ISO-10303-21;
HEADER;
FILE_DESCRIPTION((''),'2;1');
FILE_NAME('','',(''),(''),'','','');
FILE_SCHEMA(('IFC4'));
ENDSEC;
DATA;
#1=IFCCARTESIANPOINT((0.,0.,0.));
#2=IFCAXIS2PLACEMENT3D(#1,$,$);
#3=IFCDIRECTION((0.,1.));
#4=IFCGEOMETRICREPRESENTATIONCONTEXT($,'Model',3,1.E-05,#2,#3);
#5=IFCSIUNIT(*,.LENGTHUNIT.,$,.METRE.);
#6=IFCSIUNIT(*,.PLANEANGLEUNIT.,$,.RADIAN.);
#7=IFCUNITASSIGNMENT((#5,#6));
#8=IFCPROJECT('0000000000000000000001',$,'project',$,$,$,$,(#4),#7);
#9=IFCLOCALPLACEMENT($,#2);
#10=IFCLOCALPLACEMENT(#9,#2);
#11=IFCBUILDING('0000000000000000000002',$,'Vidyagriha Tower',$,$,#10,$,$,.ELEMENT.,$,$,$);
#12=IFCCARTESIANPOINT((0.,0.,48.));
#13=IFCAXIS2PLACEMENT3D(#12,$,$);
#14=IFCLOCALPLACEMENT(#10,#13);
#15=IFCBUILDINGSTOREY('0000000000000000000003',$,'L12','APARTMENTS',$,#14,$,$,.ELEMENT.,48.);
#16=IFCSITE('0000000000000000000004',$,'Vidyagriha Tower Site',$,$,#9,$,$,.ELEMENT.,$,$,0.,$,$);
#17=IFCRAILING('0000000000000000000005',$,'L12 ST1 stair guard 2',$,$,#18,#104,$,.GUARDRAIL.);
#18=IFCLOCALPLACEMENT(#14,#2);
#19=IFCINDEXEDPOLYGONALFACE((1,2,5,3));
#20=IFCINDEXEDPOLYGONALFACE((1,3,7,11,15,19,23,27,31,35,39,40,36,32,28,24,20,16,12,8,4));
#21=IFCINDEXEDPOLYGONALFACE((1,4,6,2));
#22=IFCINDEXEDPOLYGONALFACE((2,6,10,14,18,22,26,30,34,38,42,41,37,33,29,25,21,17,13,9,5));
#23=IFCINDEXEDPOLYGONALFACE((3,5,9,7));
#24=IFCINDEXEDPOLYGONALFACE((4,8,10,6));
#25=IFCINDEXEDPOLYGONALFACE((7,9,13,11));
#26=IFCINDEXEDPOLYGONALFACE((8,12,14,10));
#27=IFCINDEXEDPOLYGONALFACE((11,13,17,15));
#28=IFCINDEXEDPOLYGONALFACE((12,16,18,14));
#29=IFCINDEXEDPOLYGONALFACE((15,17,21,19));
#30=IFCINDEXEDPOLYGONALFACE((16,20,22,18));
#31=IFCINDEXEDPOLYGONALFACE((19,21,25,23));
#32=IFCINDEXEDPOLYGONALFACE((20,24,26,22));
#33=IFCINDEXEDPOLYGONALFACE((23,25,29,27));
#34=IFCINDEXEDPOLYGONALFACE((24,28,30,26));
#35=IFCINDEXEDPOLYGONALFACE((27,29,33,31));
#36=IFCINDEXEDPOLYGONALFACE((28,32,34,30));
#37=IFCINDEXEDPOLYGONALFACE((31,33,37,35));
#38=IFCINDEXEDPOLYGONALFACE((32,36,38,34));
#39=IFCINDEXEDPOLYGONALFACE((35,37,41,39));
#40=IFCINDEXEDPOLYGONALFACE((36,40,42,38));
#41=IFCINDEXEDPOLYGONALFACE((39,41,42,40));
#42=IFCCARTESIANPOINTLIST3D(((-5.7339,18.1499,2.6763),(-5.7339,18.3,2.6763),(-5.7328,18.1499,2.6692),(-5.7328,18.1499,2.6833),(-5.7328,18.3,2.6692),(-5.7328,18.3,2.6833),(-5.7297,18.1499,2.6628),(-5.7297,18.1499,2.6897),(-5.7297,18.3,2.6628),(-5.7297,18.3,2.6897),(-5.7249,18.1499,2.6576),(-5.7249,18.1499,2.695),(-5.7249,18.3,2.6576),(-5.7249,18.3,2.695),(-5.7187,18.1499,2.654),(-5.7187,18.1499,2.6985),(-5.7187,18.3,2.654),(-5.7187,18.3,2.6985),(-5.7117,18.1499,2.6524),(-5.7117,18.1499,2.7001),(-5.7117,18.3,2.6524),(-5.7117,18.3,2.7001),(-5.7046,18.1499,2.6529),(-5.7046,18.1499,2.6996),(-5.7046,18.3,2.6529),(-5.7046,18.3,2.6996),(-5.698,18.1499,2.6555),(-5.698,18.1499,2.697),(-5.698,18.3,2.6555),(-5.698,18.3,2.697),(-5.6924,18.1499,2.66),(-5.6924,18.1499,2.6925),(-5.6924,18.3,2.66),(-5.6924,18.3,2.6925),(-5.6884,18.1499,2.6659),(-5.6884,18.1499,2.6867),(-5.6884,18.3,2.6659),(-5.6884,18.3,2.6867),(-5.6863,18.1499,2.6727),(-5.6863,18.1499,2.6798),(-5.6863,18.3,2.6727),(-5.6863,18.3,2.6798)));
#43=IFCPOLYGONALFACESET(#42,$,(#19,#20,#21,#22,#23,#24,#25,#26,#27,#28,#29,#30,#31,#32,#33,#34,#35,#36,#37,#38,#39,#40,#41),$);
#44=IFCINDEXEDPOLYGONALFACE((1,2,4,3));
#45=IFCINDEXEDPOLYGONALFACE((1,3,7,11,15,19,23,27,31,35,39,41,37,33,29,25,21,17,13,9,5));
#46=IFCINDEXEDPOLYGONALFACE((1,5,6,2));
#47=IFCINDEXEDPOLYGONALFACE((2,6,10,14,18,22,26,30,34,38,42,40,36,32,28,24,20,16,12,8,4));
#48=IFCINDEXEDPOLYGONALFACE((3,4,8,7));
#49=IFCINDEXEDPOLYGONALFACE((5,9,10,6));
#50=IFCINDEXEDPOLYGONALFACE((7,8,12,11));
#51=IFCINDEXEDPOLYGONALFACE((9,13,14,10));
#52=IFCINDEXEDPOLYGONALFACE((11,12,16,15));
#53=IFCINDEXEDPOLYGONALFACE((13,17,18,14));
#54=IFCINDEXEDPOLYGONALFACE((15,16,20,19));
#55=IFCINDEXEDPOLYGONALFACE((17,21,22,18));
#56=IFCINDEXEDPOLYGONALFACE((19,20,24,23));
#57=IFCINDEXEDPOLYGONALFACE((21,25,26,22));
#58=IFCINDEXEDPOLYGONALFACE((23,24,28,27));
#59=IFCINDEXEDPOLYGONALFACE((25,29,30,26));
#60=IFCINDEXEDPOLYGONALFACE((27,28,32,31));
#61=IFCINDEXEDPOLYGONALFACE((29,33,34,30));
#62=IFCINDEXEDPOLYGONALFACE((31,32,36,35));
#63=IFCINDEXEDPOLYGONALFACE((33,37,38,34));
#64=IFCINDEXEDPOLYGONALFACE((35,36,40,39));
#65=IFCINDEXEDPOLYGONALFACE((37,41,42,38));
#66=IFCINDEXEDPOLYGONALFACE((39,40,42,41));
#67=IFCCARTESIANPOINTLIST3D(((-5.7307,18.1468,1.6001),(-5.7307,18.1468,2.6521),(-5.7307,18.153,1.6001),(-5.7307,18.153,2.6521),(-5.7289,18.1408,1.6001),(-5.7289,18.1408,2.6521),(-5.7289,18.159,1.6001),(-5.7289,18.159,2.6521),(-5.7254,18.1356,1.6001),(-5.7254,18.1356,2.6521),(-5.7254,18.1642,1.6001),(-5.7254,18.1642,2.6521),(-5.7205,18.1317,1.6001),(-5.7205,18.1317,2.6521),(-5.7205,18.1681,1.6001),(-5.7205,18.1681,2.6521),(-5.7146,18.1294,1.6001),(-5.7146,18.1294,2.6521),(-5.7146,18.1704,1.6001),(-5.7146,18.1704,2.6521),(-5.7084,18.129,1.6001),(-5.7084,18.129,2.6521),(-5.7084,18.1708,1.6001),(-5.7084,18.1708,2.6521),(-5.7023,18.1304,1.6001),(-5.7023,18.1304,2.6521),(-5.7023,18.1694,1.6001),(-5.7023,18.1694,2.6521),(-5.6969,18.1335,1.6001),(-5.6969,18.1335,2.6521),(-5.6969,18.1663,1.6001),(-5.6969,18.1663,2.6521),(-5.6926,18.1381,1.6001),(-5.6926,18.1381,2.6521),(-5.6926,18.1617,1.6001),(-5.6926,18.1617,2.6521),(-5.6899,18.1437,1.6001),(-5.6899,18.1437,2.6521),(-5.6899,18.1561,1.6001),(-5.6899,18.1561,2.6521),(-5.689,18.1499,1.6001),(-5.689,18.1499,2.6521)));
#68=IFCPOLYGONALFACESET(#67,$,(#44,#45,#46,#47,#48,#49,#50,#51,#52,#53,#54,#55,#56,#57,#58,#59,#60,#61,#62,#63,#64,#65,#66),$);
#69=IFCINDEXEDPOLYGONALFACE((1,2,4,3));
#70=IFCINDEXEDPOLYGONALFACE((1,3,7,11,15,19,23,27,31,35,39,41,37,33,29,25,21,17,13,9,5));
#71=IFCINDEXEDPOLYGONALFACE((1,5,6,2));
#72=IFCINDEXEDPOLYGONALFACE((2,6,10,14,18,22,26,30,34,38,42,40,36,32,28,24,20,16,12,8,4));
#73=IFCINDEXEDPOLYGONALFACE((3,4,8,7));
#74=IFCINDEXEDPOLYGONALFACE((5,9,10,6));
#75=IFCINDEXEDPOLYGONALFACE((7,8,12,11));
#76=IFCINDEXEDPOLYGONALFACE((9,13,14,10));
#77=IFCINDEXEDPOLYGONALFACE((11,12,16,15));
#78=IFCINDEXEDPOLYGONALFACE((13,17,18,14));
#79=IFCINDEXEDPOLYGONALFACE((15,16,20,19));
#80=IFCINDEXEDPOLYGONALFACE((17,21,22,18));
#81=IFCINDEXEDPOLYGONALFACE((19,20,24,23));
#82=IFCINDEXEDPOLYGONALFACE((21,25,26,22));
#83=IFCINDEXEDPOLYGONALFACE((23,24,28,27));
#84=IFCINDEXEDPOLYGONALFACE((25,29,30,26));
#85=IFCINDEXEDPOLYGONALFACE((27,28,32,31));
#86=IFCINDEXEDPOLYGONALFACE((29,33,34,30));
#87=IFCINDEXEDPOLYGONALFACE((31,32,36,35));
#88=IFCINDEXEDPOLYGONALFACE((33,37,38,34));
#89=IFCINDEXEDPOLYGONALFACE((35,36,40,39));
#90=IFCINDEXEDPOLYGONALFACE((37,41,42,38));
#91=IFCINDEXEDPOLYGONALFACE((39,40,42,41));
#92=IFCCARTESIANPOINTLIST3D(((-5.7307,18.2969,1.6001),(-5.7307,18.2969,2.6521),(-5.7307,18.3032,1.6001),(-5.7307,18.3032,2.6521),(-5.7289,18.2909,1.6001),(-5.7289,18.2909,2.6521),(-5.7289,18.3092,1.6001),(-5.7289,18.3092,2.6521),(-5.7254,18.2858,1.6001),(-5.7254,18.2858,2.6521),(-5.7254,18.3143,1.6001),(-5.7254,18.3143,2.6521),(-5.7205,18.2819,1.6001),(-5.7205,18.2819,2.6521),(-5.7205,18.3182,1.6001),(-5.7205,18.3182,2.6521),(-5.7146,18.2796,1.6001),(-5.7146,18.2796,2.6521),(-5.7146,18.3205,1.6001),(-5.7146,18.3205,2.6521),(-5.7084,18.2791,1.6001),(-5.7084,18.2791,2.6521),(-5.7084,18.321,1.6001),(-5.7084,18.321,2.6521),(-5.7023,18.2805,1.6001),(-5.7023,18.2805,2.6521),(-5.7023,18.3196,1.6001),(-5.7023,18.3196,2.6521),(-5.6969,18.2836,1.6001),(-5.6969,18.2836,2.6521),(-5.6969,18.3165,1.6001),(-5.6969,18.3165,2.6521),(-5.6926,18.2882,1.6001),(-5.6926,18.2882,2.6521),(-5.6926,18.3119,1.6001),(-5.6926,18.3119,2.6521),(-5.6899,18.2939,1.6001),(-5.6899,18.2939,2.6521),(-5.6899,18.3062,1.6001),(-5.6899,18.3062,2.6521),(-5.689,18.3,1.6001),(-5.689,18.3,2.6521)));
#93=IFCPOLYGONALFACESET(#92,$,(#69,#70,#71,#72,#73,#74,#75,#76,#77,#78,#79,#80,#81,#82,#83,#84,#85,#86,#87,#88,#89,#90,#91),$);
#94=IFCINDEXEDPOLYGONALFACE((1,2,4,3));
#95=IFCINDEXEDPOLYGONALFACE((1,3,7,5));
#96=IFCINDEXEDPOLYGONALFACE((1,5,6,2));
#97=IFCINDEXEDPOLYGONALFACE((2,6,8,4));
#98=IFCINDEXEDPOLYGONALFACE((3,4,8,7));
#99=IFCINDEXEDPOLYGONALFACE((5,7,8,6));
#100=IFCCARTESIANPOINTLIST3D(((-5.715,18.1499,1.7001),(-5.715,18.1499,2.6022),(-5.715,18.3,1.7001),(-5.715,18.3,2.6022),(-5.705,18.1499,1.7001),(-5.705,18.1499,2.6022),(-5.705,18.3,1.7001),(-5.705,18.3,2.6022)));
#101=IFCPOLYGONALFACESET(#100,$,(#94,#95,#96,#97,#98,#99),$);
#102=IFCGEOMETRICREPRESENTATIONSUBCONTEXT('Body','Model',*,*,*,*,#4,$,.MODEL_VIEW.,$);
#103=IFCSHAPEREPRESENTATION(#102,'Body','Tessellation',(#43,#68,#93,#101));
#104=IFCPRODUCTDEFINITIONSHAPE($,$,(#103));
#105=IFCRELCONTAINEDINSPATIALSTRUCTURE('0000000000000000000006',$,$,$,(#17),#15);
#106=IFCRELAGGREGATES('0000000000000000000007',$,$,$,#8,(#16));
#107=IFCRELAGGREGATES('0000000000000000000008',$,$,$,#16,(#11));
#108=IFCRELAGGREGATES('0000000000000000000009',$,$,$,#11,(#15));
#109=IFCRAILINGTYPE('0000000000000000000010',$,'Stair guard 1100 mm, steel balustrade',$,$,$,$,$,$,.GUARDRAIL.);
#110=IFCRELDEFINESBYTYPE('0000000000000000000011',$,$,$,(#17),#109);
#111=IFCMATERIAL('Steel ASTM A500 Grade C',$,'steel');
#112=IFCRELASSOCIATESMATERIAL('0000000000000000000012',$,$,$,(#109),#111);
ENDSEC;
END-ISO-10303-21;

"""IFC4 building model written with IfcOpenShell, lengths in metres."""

from ifc_helpers import new_model, si_unit, direction, frame, origin, origin_2d, place, context, subcontext, project, spatial, rectangle, circle, extrude, material, type_object, element, save


model = new_model("IFC4")

# Units and contexts
model_context = context("Model", 3, precision=1e-05, world=origin(), true_north=direction((0.0, 1.0)))
body_context = subcontext(model_context, "Body", "Model", "MODEL_VIEW")
ifc_project = project(units=[si_unit("LENGTHUNIT", "METRE"), si_unit("PLANEANGLEUNIT", "RADIAN")], contexts=[model_context])

# Site, building, storey
site_placement = place(None, origin())
site = spatial("IfcSite", under=ifc_project, at=site_placement, Name="Vidyagriha Tower Site", CompositionType="ELEMENT", RefElevation=0.0)
building_placement = place(site_placement, origin())
building = spatial("IfcBuilding", under=site, at=building_placement, Name="Vidyagriha Tower", CompositionType="ELEMENT")
storey_placement = place(building_placement, frame((0.0, 0.0, 48.0)))
storey = spatial("IfcBuildingStorey", under=building, at=storey_placement, Name="L12", Description="APARTMENTS", CompositionType="ELEMENT", Elevation=48.0)

# Railing
ifc_material_1 = material(Name="Steel ASTM A500 Grade C", Category="steel")
railing_type_1 = type_object("IfcRailingType", Name="Stair guard 1100 mm, steel balustrade", PredefinedType="GUARDRAIL", material=ifc_material_1)
railing_1_placement = place(storey_placement, frame((-5.71, 18.1499, 1.6001)))
element("IfcRailing", 1, at=railing_1_placement, inside=storey, type_object=railing_type_1, Name="L12 ST1 stair guard 2", PredefinedType="GUARDRAIL", context=body_context, shape_type="SweptSolid", body=[
    extrude(circle(Radius=0.0239, at=origin_2d()), frame((0.0, 0.0, 1.0762), z_axis=(0.0, 1.0, 0.0), x_axis=(-1.0, 0.0, 0.0)), (0.0, 0.0, 1.0), 0.1501),
    extrude(circle(Radius=0.021, at=origin_2d()), origin(), (0.0, 0.0, 1.0), 1.052),
    extrude(circle(Radius=0.021, at=origin_2d()), frame((0.0, 0.1501, 0.0)), (0.0, 0.0, 1.0), 1.052),
    extrude(rectangle(XDim=0.01, YDim=0.9021, at=origin_2d()), frame((0.0, 0.0, 0.551), z_axis=(0.0, 1.0, 0.0), x_axis=(-1.0, 0.0, 0.0)), (0.0, 0.0, 1.0), 0.1501),
])

save(model, "model.ifc")
